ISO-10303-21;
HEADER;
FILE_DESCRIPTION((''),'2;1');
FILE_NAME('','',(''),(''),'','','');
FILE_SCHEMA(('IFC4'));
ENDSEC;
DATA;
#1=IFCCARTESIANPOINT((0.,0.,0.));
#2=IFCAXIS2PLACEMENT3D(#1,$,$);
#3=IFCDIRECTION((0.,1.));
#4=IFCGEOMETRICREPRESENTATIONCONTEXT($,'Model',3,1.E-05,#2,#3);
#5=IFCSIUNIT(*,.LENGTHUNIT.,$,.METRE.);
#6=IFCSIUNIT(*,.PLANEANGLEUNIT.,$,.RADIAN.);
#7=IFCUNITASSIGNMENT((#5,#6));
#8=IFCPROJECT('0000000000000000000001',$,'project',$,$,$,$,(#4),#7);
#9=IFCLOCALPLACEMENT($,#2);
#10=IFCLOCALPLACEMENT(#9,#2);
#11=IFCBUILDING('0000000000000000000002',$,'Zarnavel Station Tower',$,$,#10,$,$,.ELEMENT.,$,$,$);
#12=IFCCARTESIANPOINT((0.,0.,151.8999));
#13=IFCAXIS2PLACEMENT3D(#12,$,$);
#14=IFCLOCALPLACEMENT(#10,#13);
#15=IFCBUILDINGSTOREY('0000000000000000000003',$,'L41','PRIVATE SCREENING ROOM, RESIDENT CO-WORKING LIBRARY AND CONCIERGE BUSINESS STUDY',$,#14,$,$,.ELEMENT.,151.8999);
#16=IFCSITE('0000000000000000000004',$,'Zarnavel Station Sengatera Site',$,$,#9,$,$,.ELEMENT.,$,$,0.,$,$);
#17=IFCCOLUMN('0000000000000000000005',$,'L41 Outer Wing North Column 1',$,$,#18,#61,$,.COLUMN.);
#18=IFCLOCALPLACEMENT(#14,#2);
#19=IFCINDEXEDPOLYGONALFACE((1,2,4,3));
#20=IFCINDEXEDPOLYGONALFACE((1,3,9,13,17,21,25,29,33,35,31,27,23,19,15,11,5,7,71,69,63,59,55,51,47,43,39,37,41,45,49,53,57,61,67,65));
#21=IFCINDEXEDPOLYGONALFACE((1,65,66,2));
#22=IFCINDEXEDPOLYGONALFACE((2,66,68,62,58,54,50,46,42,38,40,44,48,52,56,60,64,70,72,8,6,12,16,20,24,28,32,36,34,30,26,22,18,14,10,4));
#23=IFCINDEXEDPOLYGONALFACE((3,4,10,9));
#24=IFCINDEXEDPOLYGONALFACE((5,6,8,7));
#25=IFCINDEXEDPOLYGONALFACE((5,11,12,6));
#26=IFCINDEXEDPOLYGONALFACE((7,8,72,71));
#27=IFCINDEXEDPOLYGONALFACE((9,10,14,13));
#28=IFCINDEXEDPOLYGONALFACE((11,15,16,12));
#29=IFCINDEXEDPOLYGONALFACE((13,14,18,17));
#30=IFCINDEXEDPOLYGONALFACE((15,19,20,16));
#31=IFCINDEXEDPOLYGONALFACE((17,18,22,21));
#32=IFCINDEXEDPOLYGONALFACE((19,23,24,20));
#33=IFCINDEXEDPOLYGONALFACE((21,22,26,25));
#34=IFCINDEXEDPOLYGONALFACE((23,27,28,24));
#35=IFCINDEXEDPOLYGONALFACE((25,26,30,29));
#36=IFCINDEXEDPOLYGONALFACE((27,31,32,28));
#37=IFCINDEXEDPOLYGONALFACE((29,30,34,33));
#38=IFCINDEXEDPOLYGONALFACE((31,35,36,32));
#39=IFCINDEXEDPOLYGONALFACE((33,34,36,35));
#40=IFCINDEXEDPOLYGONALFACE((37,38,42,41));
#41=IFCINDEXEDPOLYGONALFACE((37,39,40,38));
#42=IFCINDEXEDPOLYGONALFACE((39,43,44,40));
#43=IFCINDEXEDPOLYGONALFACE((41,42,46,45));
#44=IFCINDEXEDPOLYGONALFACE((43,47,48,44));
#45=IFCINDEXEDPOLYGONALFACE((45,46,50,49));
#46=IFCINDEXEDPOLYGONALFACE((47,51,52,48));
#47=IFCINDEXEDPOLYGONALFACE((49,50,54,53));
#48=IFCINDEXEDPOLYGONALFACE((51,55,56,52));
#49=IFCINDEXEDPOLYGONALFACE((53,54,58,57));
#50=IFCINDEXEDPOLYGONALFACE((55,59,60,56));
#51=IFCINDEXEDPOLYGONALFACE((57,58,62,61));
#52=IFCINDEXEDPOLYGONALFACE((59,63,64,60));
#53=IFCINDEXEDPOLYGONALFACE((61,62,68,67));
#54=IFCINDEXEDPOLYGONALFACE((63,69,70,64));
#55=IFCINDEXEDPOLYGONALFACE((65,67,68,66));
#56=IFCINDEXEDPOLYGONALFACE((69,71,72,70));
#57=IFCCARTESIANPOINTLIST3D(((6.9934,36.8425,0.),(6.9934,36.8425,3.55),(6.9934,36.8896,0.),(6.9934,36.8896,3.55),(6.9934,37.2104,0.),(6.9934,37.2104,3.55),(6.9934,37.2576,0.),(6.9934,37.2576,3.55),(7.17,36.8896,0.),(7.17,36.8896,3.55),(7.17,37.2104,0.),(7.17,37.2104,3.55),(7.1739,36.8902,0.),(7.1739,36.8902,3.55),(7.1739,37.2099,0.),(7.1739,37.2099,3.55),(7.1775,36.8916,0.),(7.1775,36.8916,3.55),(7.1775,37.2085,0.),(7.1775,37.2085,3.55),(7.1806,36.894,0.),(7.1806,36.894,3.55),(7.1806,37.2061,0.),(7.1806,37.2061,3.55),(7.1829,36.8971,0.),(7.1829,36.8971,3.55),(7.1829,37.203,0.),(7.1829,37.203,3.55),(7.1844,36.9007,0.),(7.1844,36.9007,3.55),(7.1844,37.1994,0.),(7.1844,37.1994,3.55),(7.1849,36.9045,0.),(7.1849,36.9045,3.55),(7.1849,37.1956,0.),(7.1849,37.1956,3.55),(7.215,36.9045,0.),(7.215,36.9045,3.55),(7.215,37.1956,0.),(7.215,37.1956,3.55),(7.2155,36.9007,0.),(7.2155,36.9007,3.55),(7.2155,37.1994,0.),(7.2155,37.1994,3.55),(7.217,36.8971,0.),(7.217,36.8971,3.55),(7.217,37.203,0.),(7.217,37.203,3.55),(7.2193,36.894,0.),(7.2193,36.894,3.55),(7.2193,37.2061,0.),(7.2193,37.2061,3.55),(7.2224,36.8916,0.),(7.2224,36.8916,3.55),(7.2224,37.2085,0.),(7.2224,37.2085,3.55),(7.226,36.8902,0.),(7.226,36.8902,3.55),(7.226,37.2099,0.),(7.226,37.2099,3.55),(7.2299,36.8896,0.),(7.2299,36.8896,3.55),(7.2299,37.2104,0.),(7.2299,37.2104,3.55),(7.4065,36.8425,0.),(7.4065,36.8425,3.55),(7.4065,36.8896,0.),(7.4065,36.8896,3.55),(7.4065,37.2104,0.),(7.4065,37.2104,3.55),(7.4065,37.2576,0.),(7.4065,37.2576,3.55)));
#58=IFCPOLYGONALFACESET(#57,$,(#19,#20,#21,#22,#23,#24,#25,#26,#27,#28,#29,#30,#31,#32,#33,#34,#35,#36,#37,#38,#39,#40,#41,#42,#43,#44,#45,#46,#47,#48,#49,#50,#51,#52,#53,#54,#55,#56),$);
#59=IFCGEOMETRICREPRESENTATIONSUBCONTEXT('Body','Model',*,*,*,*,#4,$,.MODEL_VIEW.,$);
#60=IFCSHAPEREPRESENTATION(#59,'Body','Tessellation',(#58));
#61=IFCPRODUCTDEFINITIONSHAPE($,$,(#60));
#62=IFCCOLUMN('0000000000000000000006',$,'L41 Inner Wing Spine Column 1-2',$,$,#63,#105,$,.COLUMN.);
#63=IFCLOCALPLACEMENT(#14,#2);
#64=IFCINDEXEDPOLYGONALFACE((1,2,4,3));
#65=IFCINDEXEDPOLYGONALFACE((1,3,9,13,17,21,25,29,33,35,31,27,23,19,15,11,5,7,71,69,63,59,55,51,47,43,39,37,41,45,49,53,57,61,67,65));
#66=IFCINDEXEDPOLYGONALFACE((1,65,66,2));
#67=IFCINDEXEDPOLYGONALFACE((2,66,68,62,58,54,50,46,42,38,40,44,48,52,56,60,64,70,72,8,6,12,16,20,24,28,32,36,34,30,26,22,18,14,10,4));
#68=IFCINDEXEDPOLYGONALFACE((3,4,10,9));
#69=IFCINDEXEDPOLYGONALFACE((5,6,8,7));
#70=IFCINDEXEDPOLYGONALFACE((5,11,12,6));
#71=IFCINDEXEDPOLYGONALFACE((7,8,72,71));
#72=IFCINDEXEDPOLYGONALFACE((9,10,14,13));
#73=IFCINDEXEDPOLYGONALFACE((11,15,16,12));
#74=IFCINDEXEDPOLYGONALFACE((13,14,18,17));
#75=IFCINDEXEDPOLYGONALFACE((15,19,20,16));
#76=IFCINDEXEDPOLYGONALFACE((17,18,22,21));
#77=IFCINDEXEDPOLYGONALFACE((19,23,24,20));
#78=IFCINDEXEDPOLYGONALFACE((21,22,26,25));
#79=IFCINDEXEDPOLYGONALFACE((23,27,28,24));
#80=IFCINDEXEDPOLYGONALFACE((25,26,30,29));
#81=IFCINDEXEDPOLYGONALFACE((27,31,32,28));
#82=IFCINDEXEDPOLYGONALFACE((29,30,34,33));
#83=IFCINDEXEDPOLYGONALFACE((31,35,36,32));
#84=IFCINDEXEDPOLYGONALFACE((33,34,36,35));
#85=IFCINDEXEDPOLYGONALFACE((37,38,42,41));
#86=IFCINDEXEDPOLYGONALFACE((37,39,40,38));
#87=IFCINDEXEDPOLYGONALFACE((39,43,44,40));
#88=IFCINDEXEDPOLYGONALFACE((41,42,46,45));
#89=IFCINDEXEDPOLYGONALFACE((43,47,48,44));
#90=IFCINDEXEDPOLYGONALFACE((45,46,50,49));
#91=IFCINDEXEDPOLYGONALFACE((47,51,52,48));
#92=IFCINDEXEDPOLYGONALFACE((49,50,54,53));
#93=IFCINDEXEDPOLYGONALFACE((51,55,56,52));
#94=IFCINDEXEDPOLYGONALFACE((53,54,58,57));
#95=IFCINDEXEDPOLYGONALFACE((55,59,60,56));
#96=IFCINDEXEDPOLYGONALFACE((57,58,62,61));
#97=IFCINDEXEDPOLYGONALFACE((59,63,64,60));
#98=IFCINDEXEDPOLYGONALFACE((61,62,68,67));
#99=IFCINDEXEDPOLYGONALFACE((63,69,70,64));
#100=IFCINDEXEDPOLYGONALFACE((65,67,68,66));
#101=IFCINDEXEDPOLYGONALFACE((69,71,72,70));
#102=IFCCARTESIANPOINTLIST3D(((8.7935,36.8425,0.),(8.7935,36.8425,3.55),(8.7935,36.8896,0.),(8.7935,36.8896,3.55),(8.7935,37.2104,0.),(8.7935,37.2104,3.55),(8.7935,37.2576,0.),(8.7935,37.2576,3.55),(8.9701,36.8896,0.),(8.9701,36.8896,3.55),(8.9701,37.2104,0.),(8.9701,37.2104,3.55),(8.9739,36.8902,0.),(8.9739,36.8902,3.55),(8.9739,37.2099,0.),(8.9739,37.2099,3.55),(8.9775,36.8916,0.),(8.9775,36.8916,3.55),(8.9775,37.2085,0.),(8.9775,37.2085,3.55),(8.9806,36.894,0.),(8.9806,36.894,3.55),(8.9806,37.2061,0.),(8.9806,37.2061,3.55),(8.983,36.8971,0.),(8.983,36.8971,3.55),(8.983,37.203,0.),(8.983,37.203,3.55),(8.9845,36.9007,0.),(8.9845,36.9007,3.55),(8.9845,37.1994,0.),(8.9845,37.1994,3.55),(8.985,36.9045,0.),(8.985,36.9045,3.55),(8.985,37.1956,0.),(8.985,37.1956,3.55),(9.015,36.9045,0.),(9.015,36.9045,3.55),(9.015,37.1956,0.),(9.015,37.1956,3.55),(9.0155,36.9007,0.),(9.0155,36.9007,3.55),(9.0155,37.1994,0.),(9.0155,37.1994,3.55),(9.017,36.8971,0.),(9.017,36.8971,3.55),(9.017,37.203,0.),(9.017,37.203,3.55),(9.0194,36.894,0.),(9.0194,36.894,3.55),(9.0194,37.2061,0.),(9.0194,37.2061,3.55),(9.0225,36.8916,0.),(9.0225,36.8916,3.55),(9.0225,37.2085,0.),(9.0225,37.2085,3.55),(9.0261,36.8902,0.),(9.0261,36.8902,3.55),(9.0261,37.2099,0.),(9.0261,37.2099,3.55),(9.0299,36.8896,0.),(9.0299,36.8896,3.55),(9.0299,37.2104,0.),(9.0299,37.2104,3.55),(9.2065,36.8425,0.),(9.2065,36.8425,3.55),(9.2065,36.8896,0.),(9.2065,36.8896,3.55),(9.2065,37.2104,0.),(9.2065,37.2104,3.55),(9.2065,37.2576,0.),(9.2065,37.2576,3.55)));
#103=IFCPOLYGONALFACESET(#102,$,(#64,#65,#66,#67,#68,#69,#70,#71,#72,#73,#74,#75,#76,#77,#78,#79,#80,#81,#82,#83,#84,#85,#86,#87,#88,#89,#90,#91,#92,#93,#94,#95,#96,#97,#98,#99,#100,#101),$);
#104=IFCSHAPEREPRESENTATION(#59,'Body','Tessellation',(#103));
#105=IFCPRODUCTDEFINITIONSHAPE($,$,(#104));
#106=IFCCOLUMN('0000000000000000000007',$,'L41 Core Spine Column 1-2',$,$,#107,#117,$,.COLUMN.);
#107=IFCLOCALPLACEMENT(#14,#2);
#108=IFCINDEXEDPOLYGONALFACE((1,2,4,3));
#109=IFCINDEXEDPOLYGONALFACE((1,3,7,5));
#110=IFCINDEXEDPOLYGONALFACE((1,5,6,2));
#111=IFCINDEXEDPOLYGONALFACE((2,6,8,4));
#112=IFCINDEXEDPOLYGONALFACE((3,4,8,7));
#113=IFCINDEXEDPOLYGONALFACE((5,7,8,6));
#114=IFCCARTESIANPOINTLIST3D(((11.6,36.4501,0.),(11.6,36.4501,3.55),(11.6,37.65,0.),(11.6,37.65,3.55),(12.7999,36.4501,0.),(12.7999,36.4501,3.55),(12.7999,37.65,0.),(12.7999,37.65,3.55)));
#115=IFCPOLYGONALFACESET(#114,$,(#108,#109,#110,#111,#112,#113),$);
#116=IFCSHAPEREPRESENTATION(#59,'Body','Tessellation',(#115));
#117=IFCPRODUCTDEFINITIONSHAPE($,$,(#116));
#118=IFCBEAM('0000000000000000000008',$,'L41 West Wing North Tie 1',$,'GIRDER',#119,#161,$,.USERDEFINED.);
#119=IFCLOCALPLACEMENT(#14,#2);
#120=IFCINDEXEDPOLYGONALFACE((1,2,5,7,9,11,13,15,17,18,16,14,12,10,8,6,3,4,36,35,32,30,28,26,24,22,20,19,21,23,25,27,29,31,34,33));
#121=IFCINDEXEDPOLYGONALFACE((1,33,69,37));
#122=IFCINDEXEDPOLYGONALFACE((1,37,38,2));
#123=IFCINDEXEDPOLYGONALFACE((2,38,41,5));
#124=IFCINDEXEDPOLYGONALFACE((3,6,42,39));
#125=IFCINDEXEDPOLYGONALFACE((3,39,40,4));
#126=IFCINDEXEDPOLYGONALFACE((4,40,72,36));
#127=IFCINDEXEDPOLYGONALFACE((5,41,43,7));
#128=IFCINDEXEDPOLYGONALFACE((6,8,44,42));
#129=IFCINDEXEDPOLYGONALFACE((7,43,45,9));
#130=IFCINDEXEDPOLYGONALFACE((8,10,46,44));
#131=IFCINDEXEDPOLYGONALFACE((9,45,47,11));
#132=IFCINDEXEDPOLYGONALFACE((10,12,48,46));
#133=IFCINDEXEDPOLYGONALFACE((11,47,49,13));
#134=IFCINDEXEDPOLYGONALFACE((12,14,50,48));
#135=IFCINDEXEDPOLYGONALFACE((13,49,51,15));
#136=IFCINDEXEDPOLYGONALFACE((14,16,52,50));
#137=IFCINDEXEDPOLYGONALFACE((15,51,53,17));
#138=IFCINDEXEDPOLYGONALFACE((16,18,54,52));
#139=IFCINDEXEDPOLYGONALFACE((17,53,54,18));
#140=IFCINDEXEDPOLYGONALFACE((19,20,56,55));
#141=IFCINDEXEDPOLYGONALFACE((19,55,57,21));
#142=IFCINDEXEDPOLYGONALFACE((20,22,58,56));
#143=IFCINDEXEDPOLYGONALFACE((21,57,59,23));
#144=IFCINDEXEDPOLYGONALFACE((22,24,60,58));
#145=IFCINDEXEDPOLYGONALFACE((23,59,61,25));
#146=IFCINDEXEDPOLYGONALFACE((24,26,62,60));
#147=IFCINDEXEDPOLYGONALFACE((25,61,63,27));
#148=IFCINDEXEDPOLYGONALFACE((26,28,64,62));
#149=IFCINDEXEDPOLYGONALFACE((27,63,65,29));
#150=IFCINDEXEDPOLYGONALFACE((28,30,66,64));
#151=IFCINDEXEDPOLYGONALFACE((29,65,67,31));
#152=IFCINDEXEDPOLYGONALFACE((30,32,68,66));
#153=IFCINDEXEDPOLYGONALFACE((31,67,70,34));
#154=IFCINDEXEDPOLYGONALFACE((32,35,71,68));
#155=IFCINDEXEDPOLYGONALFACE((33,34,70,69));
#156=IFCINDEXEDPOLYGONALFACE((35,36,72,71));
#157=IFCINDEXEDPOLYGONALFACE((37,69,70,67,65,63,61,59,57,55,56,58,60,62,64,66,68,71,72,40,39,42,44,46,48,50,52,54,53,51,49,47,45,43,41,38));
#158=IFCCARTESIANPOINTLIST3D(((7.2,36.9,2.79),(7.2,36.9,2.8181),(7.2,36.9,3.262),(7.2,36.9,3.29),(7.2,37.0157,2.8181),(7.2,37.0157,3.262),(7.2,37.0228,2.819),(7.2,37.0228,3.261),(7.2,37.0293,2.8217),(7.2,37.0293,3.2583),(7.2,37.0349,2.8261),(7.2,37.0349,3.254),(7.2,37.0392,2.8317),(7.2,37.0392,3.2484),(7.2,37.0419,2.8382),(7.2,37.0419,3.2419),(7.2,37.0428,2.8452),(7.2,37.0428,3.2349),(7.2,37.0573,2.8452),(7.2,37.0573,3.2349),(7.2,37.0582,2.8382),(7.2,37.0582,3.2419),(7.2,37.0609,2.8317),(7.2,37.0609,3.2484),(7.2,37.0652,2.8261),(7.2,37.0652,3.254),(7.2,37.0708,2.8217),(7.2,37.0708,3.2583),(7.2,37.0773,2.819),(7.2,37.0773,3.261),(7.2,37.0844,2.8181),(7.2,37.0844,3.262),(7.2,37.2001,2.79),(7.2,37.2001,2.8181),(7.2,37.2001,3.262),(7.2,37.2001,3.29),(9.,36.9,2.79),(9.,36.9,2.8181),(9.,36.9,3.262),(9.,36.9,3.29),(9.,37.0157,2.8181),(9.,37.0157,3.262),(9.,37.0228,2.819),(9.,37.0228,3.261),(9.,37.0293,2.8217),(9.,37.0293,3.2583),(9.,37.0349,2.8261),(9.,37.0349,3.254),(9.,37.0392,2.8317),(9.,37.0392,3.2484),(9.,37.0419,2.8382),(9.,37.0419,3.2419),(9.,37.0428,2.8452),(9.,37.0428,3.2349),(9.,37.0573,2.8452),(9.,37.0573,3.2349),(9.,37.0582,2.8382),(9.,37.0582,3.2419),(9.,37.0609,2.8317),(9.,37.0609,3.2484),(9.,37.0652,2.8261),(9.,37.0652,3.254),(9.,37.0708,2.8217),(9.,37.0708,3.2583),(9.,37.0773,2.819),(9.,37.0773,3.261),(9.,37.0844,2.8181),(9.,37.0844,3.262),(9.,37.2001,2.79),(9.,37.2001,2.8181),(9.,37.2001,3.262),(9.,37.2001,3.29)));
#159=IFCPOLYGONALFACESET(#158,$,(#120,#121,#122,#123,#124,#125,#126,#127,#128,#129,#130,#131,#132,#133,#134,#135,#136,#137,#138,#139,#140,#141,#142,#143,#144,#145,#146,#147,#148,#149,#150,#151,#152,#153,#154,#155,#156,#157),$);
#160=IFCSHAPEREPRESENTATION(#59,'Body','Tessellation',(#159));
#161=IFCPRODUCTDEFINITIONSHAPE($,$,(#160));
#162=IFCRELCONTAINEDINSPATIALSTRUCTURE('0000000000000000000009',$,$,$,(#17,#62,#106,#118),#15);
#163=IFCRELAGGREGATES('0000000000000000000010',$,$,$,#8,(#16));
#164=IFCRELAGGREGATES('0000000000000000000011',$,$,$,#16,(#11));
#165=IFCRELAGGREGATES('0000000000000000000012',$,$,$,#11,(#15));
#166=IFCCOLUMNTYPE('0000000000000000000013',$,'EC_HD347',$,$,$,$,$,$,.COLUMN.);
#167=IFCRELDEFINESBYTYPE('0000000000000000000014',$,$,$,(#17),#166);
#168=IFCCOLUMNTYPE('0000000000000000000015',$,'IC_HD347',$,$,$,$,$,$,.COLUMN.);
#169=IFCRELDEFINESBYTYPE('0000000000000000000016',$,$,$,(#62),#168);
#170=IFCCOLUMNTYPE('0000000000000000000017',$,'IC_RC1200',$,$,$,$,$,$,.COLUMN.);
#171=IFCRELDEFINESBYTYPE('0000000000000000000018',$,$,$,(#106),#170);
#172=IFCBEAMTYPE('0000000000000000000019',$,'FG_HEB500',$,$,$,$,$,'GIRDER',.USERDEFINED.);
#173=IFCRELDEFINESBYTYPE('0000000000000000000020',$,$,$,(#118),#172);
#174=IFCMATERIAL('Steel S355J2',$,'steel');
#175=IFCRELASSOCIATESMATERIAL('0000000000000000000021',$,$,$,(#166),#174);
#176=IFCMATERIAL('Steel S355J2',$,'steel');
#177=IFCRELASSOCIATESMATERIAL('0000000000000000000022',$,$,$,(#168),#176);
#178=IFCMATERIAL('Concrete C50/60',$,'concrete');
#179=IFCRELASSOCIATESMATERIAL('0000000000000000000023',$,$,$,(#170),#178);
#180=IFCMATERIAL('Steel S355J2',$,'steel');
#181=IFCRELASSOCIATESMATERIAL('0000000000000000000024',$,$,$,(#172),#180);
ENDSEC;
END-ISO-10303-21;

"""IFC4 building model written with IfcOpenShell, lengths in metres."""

from ifc_helpers import new_model, si_unit, direction, frame, origin, origin_2d, place, context, subcontext, project, spatial, rectangle, i_section, extrude, material, material_profile, profile_set, type_object, element, save


model = new_model("IFC4")

# Units and contexts
model_context = context("Model", 3, precision=1e-05, world=origin(), true_north=direction((0.0, 1.0)))
body_context = subcontext(model_context, "Body", "Model", "MODEL_VIEW")
ifc_project = project(units=[si_unit("LENGTHUNIT", "METRE"), si_unit("PLANEANGLEUNIT", "RADIAN")], contexts=[model_context])

# Site, building, storey
site_placement = place(None, origin())
site = spatial("IfcSite", under=ifc_project, at=site_placement, Name="Zarnavel Station Sengatera Site", CompositionType="ELEMENT", RefElevation=0.0)
building_placement = place(site_placement, origin())
building = spatial("IfcBuilding", under=site, at=building_placement, Name="Zarnavel Station Tower", CompositionType="ELEMENT")
storey_placement = place(building_placement, frame((0.0, 0.0, 151.8999)))
storey = spatial("IfcBuildingStorey", under=building, at=storey_placement, Name="L41", Description="PRIVATE SCREENING ROOM, RESIDENT CO-WORKING LIBRARY AND CONCIERGE BUSINESS STUDY", CompositionType="ELEMENT", Elevation=151.8999)

# Columns
ifc_material_1 = material(Name="Steel S355J2", Category="steel")
ifc_material_profile_1 = material_profile(ifc_material_1, i_section(OverallWidth=0.4131, OverallDepth=0.415, WebThickness=0.03, FlangeThickness=0.0471, FilletRadius=0.0149, at=origin_2d()), Name="HD400x347")
ifc_profile_set_1 = profile_set([ifc_material_profile_1], Name="Steel S355J2")
column_type_1 = type_object("IfcColumnType", Name="EC_HD347", PredefinedType="COLUMN", material=ifc_profile_set_1)
column_1_placement = place(storey_placement, frame((7.2, 37.05, 0.0), z_axis=(0.0, 0.0, 1.0), x_axis=(1.0, 0.0, 0.0)))
element("IfcColumn", 1, at=column_1_placement, inside=storey, type_object=column_type_1, Name="L41 Outer Wing North Column 1", PredefinedType="COLUMN", context=body_context, shape_type="SweptSolid", body=[
    extrude(i_section(OverallWidth=0.4131, OverallDepth=0.415, WebThickness=0.03, FlangeThickness=0.0471, FilletRadius=0.0149, at=origin_2d()), origin(), (0.0, 0.0, 1.0), 3.55),
])
ifc_material_2 = material(Name="Steel S355J2", Category="steel")
ifc_material_profile_2 = material_profile(ifc_material_2, i_section(OverallWidth=0.4131, OverallDepth=0.415, WebThickness=0.03, FlangeThickness=0.0471, FilletRadius=0.0149, at=origin_2d()), Name="HD400x347")
ifc_profile_set_2 = profile_set([ifc_material_profile_2], Name="Steel S355J2")
column_type_2 = type_object("IfcColumnType", Name="IC_HD347", PredefinedType="COLUMN", material=ifc_profile_set_2)
column_2_placement = place(storey_placement, frame((9.0, 37.05, 0.0), z_axis=(0.0, 0.0, 1.0), x_axis=(1.0, 0.0, 0.0)))
element("IfcColumn", 2, at=column_2_placement, inside=storey, type_object=column_type_2, Name="L41 Inner Wing Spine Column 1-2", PredefinedType="COLUMN", context=body_context, shape_type="SweptSolid", body=[
    extrude(i_section(OverallWidth=0.4131, OverallDepth=0.415, WebThickness=0.03, FlangeThickness=0.0471, FilletRadius=0.0149, at=origin_2d()), origin(), (0.0, 0.0, 1.0), 3.55),
])
ifc_material_3 = material(Name="Concrete C50/60", Category="concrete")
ifc_material_profile_3 = material_profile(ifc_material_3, rectangle(XDim=1.2, YDim=1.2, at=origin_2d()), Name="RC1200x1200")
ifc_profile_set_3 = profile_set([ifc_material_profile_3], Name="Concrete C50/60")
column_type_3 = type_object("IfcColumnType", Name="IC_RC1200", PredefinedType="COLUMN", material=ifc_profile_set_3)
column_3_placement = place(storey_placement, frame((12.2, 37.05, 0.0), z_axis=(0.0, 0.0, 1.0), x_axis=(1.0, 0.0, 0.0)))
element("IfcColumn", 3, at=column_3_placement, inside=storey, type_object=column_type_3, Name="L41 Core Spine Column 1-2", PredefinedType="COLUMN", context=body_context, shape_type="SweptSolid", body=[
    extrude(rectangle(XDim=1.2, YDim=1.2, at=origin_2d()), origin(), (0.0, 0.0, 1.0), 3.55),
])

# Beam
ifc_material_4 = material(Name="Steel S355J2", Category="steel")
ifc_material_profile_4 = material_profile(ifc_material_4, i_section(OverallWidth=0.3, OverallDepth=0.5, WebThickness=0.0144, FlangeThickness=0.0281, FilletRadius=0.0271, at=origin_2d()), Name="HEB500")
ifc_profile_set_4 = profile_set([ifc_material_profile_4], Name="Steel S355J2")
beam_type = type_object("IfcBeamType", Name="FG_HEB500", ElementType="GIRDER", PredefinedType="USERDEFINED", material=ifc_profile_set_4)
beam_1_placement = place(storey_placement, frame((7.2, 37.05, 3.04), z_axis=(1.0, 0.0, 0.0), x_axis=(0.0, 1.0, 0.0)))
element("IfcBeam", 4, at=beam_1_placement, inside=storey, type_object=beam_type, Name="L41 West Wing North Tie 1", ObjectType="GIRDER", PredefinedType="USERDEFINED", context=body_context, shape_type="SweptSolid", body=[
    extrude(i_section(OverallWidth=0.3, OverallDepth=0.5, WebThickness=0.0144, FlangeThickness=0.0281, FilletRadius=0.0271, at=origin_2d()), origin(), (0.0, 0.0, 1.0), 1.8),
])

save(model, "model.ifc")
